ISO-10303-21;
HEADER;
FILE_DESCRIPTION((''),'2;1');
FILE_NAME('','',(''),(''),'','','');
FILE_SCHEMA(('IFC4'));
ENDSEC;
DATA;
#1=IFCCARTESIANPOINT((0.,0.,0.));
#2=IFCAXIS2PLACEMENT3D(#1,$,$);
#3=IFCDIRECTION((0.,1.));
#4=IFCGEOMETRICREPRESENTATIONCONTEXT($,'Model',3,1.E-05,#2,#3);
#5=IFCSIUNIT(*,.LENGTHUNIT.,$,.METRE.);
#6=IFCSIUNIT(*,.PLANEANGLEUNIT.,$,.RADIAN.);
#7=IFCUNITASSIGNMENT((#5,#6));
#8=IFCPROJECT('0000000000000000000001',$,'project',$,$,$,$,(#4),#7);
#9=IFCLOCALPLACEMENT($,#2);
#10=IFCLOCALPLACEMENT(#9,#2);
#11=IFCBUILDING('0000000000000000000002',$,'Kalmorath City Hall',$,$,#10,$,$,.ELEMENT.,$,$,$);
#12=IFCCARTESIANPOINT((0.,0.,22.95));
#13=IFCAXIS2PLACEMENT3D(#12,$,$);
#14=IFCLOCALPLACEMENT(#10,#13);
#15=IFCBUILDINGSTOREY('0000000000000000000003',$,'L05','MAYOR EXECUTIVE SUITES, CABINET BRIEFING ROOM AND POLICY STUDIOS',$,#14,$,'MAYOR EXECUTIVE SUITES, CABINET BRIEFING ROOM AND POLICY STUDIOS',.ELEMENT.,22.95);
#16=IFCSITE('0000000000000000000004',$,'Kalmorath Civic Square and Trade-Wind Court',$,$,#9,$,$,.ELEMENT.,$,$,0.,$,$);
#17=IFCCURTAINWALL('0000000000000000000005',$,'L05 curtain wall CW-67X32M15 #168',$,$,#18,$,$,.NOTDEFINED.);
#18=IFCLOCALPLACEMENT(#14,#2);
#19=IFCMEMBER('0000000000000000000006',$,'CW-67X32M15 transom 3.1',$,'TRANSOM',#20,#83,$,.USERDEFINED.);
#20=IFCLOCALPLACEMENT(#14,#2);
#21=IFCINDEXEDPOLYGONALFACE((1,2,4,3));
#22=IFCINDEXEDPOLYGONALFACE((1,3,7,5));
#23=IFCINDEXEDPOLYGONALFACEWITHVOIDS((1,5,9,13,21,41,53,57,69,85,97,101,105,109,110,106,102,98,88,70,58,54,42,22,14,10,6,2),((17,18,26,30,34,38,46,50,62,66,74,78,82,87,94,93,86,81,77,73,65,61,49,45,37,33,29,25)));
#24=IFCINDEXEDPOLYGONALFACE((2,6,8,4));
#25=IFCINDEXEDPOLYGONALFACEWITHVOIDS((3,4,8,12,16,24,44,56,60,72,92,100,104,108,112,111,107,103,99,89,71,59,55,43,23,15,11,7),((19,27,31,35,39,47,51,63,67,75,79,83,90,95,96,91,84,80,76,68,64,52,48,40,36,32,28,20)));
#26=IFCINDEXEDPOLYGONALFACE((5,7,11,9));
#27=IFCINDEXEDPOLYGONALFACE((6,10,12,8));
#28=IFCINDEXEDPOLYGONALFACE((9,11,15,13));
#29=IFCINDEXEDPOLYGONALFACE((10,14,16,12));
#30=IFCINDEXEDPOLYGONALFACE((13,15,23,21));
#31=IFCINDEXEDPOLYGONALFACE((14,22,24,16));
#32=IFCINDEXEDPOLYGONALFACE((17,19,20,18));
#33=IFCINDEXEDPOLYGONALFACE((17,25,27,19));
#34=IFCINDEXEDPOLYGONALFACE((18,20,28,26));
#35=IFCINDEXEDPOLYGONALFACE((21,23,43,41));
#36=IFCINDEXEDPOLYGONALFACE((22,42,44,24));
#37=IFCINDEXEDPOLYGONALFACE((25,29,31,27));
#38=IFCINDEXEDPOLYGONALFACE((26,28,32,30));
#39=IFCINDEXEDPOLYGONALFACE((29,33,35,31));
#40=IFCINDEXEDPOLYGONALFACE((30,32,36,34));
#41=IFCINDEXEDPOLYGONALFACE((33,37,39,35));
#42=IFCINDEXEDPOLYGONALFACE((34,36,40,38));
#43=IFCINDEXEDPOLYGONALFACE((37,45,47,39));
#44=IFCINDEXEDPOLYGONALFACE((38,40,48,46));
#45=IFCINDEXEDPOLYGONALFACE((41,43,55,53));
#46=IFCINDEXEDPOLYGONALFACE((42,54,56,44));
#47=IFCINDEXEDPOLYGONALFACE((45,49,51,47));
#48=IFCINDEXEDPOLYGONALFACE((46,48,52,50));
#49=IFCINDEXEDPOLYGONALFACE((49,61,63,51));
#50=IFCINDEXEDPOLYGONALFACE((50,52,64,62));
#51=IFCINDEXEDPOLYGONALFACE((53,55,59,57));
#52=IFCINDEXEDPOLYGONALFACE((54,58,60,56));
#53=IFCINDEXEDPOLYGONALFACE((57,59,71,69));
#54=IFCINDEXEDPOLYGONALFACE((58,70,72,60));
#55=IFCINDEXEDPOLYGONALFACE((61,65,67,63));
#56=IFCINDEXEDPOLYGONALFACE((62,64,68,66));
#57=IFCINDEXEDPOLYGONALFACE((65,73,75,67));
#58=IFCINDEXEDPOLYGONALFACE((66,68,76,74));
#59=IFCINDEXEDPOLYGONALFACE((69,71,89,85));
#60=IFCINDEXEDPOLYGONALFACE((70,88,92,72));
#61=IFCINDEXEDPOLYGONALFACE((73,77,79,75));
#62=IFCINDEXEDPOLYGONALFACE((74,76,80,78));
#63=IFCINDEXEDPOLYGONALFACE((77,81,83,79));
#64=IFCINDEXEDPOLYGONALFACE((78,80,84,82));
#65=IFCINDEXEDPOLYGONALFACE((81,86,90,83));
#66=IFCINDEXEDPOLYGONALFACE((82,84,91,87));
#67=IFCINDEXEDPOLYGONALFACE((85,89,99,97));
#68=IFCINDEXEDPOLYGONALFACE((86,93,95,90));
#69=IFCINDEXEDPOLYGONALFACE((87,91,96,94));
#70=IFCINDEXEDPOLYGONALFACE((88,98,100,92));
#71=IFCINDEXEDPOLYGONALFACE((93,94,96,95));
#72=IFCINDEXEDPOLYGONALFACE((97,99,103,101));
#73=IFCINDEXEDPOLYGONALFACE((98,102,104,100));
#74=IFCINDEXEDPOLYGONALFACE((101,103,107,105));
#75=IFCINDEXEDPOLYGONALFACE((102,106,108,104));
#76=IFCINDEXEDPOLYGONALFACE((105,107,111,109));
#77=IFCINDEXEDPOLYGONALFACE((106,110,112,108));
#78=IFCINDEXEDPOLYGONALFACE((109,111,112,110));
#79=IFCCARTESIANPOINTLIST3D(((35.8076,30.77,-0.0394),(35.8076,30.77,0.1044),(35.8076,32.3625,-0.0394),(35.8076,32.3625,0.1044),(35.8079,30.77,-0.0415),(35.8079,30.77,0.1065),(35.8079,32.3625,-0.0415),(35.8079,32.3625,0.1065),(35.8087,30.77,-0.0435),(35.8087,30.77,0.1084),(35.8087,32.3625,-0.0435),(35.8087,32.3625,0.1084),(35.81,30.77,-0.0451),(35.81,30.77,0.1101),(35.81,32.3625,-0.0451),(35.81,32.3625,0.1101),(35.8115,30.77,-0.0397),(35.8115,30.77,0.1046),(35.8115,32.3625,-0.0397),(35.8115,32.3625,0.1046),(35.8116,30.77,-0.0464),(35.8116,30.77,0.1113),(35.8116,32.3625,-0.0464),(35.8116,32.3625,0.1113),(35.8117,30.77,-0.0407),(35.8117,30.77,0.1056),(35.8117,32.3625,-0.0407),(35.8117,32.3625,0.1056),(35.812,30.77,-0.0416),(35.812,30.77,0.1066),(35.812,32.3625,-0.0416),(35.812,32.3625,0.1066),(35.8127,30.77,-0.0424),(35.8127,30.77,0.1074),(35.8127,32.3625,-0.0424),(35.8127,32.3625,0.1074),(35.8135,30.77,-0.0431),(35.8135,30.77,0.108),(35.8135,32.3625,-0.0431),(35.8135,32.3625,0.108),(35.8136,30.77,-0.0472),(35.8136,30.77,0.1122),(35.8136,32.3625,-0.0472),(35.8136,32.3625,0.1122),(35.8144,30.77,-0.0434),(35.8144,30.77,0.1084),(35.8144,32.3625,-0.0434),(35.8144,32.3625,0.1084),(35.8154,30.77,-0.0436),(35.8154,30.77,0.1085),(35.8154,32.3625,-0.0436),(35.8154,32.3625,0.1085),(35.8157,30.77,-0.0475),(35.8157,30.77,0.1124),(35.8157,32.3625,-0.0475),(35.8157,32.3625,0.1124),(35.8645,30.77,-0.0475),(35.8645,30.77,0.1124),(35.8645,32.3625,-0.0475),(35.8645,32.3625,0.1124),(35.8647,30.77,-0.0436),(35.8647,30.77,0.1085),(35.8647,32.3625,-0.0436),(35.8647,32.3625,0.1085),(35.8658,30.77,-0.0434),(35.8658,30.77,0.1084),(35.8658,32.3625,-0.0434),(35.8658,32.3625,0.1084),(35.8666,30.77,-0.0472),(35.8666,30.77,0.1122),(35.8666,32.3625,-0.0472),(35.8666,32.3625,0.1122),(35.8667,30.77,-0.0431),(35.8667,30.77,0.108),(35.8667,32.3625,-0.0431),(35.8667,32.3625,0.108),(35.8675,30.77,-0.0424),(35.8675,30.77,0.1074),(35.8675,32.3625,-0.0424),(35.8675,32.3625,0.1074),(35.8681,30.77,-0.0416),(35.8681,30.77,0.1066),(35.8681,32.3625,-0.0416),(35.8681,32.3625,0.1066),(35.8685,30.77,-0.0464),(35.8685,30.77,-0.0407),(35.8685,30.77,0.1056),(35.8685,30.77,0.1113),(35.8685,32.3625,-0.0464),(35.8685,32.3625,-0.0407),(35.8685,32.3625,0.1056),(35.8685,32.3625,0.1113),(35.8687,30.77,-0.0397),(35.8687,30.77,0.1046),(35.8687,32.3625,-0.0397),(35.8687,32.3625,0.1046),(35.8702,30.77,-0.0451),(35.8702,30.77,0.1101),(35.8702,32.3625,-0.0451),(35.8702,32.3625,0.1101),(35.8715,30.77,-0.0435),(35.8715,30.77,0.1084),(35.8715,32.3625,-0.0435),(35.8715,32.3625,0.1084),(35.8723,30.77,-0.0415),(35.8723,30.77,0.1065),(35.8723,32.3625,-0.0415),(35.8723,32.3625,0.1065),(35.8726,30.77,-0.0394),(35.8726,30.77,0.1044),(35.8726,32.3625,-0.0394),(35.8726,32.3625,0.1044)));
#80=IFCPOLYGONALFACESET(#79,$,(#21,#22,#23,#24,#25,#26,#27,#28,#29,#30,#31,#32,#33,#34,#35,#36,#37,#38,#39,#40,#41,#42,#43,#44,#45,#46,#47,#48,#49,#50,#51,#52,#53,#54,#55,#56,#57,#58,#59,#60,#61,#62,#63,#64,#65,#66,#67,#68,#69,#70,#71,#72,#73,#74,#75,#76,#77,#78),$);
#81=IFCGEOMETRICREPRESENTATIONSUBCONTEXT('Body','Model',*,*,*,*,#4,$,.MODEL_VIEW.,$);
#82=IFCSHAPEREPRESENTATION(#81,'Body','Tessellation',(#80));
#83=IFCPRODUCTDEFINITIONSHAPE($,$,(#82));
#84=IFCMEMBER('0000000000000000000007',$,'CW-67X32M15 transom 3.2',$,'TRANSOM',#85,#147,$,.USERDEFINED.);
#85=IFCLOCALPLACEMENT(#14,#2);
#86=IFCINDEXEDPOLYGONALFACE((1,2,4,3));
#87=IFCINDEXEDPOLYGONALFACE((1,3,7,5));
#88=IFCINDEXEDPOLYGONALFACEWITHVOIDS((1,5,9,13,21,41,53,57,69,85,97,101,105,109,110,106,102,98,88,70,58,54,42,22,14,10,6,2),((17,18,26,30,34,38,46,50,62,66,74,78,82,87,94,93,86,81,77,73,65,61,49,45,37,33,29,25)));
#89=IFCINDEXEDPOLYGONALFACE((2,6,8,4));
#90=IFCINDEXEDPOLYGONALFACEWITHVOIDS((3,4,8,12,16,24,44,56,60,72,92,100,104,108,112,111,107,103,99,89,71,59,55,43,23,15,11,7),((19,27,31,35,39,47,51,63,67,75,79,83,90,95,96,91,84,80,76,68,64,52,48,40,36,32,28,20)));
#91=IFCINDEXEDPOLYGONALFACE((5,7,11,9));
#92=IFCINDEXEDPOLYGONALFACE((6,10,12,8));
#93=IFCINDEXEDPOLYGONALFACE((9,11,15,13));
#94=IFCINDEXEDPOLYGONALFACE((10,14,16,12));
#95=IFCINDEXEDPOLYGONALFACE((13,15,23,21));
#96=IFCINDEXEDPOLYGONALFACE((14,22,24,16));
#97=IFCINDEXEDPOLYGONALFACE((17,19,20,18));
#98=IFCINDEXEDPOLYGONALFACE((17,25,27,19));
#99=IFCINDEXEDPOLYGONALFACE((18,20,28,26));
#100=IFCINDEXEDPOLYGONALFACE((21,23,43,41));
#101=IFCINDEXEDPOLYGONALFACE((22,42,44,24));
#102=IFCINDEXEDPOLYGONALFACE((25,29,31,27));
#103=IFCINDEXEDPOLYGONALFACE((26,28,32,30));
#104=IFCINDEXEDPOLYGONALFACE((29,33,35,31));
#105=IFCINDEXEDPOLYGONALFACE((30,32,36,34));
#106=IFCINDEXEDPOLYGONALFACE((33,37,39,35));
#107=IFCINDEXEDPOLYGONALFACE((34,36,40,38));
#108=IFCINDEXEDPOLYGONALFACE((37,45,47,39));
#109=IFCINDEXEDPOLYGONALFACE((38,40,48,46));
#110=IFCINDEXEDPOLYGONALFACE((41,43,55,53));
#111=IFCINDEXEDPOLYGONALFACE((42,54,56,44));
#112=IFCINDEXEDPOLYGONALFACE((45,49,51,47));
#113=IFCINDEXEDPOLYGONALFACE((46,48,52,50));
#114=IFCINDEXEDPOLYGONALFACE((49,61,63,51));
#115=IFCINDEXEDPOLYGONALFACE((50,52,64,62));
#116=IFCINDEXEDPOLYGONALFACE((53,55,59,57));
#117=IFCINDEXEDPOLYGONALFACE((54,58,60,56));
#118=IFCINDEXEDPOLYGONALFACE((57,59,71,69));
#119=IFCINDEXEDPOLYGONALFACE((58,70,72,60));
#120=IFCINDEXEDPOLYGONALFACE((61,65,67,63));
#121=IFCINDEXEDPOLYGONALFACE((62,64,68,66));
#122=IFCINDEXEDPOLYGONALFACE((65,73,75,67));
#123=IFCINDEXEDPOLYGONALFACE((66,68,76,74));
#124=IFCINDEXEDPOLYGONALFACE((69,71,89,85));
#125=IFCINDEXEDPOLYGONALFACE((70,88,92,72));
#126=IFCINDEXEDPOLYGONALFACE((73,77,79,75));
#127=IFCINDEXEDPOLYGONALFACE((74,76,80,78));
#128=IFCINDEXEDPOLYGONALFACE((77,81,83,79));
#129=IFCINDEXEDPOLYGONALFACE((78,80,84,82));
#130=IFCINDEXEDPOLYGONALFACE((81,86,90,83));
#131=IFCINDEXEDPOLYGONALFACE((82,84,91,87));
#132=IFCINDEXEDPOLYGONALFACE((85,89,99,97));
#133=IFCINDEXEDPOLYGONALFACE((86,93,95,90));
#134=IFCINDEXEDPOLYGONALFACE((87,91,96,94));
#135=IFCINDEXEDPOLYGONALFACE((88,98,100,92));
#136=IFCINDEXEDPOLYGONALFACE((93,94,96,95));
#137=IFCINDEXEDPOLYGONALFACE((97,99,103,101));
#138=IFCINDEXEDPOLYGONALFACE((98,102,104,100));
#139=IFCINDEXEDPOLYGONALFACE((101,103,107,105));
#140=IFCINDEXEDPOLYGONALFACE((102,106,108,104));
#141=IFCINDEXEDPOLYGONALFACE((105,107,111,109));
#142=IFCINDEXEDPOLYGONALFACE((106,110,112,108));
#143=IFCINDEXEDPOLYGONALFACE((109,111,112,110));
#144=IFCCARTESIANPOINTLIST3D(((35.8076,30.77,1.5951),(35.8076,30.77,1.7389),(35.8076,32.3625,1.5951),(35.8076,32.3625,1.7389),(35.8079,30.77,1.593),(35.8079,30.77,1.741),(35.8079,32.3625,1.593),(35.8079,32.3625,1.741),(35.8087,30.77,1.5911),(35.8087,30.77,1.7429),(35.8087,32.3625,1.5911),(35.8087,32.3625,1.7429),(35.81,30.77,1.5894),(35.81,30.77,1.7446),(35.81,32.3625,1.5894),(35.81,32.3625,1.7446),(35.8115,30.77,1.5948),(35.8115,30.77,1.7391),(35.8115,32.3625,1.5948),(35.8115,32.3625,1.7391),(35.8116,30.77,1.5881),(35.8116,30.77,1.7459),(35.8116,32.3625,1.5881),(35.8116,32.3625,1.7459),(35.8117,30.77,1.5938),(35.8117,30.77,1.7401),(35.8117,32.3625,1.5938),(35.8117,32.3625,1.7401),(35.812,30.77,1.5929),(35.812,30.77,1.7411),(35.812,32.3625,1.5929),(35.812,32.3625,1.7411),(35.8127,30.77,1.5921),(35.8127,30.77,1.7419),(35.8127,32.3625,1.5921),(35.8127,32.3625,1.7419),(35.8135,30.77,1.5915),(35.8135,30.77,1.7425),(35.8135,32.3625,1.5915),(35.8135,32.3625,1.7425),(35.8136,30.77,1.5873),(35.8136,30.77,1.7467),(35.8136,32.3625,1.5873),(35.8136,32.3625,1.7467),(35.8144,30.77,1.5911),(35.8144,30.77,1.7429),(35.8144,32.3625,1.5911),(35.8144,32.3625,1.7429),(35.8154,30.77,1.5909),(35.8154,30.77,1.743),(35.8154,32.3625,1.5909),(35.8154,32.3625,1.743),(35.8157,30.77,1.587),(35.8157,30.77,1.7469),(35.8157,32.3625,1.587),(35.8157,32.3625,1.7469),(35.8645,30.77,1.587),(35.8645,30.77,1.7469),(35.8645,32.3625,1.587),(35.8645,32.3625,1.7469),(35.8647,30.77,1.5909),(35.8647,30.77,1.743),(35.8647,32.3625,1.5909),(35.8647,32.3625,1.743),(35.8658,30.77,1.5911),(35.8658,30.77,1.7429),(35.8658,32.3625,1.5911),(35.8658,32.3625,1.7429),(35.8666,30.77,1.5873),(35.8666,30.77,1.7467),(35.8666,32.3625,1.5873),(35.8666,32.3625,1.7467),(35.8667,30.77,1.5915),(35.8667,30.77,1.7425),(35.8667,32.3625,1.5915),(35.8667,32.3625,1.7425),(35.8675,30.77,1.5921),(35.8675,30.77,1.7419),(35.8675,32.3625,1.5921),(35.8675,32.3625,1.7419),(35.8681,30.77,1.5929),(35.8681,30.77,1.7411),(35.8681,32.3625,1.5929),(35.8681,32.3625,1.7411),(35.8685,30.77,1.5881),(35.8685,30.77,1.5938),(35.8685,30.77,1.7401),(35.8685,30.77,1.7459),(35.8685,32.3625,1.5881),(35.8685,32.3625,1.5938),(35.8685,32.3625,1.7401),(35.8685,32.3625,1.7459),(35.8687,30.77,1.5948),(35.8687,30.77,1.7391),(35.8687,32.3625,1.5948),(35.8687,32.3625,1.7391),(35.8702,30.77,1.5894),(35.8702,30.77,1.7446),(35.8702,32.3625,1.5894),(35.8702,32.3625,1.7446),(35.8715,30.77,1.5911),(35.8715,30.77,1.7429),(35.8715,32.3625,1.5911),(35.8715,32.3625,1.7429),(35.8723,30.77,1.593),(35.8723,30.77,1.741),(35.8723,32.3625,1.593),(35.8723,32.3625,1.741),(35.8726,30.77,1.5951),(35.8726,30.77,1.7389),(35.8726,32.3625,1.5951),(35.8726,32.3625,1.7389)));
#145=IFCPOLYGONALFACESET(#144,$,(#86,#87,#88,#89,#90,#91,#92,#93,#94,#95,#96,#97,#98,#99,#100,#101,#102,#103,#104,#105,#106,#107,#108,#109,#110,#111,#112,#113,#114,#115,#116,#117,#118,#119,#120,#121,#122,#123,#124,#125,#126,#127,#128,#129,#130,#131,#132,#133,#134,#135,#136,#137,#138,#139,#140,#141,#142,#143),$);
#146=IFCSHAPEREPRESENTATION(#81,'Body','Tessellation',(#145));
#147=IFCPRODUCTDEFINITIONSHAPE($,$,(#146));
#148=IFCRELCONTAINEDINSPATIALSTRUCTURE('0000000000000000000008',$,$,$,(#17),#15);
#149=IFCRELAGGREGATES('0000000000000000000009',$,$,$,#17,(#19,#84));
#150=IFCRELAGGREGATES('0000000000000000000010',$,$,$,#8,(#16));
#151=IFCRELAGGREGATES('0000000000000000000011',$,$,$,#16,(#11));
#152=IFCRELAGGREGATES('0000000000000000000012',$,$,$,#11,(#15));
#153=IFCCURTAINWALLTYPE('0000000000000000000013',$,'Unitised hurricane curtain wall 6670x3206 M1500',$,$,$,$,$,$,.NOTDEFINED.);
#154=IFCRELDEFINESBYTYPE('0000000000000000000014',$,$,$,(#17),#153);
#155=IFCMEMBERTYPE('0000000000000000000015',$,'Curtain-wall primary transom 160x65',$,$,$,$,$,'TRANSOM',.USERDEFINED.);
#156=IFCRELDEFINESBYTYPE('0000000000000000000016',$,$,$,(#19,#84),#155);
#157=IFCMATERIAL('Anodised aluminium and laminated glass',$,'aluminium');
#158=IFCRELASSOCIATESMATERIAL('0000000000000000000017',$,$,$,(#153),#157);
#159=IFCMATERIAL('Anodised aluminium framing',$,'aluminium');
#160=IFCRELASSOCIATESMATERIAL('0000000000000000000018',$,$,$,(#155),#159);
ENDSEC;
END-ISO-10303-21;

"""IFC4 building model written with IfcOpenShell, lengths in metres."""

from ifc_helpers import new_model, si_unit, direction, frame, origin, origin_2d, place, context, subcontext, project, spatial, hollow_rectangle, extrude, material, material_profile, profile_set, type_object, element, aggregate, save


model = new_model("IFC4")

# Units and contexts
model_context = context("Model", 3, precision=1e-05, world=origin(), true_north=direction((0.0, 1.0)))
body_context = subcontext(model_context, "Body", "Model", "MODEL_VIEW")
ifc_project = project(units=[si_unit("LENGTHUNIT", "METRE"), si_unit("PLANEANGLEUNIT", "RADIAN")], contexts=[model_context])

# Site, building, storey
site_placement = place(None, origin())
site = spatial("IfcSite", under=ifc_project, at=site_placement, Name="Kalmorath Civic Square and Trade-Wind Court", CompositionType="ELEMENT", RefElevation=0.0)
building_placement = place(site_placement, origin())
building = spatial("IfcBuilding", under=site, at=building_placement, Name="Kalmorath City Hall", CompositionType="ELEMENT")
storey_placement = place(building_placement, frame((0.0, 0.0, 22.95)))
storey = spatial("IfcBuildingStorey", under=building, at=storey_placement, Name="L05", Description="MAYOR EXECUTIVE SUITES, CABINET BRIEFING ROOM AND POLICY STUDIOS", LongName="MAYOR EXECUTIVE SUITES, CABINET BRIEFING ROOM AND POLICY STUDIOS", CompositionType="ELEMENT", Elevation=22.95)

# Curtain wall, members
ifc_material_1 = material(Name="Anodised aluminium and laminated glass", Category="aluminium")
curtain_wall_type = type_object("IfcCurtainWallType", Name="Unitised hurricane curtain wall 6670x3206 M1500", PredefinedType="NOTDEFINED", material=ifc_material_1)
curtain_wall_placement = place(storey_placement, origin())
curtain_wall = element("IfcCurtainWall", 1, at=curtain_wall_placement, inside=storey, type_object=curtain_wall_type, Name="L05 curtain wall CW-67X32M15 #168", PredefinedType="NOTDEFINED")
ifc_material_2 = material(Name="Anodised aluminium framing", Category="aluminium")
ifc_material_profile_1 = material_profile(ifc_material_2, hollow_rectangle(XDim=0.0649, YDim=0.1599, WallThickness=0.0039, InnerFilletRadius=0.0039, OuterFilletRadius=0.0081, at=origin_2d()), Name="ALU-TRN-160X65X4")
ifc_profile_set_1 = profile_set([ifc_material_profile_1], Name="Anodised aluminium framing")
member_type_1 = type_object("IfcMemberType", Name="Curtain-wall primary transom 160x65", ElementType="TRANSOM", PredefinedType="USERDEFINED", material=ifc_profile_set_1)
member_1_placement = place(storey_placement, frame((35.8401, 32.3625, 0.0325), z_axis=(0.0, -1.0, 0.0), x_axis=(1.0, 0.0, 0.0)))
member_1 = element("IfcMember", 2, at=member_1_placement, type_object=member_type_1, Name="CW-67X32M15 transom 3.1", ObjectType="TRANSOM", PredefinedType="USERDEFINED", context=body_context, shape_type="SweptSolid", body=[
    extrude(hollow_rectangle(XDim=0.0649, YDim=0.1599, WallThickness=0.0039, InnerFilletRadius=0.0039, OuterFilletRadius=0.0081, at=origin_2d()), origin(), (0.0, 0.0, 1.0), 1.5925),
])
member_2_placement = place(storey_placement, frame((35.8401, 32.3625, 1.667), z_axis=(0.0, -1.0, 0.0), x_axis=(1.0, 0.0, 0.0)))
member_2 = element("IfcMember", 3, at=member_2_placement, type_object=member_type_1, Name="CW-67X32M15 transom 3.2", ObjectType="TRANSOM", PredefinedType="USERDEFINED", context=body_context, shape_type="SweptSolid", body=[
    extrude(hollow_rectangle(XDim=0.0649, YDim=0.1599, WallThickness=0.0039, InnerFilletRadius=0.0039, OuterFilletRadius=0.0081, at=origin_2d()), origin(), (0.0, 0.0, 1.0), 1.5925),
])
aggregate(curtain_wall, [member_1, member_2])

save(model, "model.ifc")
